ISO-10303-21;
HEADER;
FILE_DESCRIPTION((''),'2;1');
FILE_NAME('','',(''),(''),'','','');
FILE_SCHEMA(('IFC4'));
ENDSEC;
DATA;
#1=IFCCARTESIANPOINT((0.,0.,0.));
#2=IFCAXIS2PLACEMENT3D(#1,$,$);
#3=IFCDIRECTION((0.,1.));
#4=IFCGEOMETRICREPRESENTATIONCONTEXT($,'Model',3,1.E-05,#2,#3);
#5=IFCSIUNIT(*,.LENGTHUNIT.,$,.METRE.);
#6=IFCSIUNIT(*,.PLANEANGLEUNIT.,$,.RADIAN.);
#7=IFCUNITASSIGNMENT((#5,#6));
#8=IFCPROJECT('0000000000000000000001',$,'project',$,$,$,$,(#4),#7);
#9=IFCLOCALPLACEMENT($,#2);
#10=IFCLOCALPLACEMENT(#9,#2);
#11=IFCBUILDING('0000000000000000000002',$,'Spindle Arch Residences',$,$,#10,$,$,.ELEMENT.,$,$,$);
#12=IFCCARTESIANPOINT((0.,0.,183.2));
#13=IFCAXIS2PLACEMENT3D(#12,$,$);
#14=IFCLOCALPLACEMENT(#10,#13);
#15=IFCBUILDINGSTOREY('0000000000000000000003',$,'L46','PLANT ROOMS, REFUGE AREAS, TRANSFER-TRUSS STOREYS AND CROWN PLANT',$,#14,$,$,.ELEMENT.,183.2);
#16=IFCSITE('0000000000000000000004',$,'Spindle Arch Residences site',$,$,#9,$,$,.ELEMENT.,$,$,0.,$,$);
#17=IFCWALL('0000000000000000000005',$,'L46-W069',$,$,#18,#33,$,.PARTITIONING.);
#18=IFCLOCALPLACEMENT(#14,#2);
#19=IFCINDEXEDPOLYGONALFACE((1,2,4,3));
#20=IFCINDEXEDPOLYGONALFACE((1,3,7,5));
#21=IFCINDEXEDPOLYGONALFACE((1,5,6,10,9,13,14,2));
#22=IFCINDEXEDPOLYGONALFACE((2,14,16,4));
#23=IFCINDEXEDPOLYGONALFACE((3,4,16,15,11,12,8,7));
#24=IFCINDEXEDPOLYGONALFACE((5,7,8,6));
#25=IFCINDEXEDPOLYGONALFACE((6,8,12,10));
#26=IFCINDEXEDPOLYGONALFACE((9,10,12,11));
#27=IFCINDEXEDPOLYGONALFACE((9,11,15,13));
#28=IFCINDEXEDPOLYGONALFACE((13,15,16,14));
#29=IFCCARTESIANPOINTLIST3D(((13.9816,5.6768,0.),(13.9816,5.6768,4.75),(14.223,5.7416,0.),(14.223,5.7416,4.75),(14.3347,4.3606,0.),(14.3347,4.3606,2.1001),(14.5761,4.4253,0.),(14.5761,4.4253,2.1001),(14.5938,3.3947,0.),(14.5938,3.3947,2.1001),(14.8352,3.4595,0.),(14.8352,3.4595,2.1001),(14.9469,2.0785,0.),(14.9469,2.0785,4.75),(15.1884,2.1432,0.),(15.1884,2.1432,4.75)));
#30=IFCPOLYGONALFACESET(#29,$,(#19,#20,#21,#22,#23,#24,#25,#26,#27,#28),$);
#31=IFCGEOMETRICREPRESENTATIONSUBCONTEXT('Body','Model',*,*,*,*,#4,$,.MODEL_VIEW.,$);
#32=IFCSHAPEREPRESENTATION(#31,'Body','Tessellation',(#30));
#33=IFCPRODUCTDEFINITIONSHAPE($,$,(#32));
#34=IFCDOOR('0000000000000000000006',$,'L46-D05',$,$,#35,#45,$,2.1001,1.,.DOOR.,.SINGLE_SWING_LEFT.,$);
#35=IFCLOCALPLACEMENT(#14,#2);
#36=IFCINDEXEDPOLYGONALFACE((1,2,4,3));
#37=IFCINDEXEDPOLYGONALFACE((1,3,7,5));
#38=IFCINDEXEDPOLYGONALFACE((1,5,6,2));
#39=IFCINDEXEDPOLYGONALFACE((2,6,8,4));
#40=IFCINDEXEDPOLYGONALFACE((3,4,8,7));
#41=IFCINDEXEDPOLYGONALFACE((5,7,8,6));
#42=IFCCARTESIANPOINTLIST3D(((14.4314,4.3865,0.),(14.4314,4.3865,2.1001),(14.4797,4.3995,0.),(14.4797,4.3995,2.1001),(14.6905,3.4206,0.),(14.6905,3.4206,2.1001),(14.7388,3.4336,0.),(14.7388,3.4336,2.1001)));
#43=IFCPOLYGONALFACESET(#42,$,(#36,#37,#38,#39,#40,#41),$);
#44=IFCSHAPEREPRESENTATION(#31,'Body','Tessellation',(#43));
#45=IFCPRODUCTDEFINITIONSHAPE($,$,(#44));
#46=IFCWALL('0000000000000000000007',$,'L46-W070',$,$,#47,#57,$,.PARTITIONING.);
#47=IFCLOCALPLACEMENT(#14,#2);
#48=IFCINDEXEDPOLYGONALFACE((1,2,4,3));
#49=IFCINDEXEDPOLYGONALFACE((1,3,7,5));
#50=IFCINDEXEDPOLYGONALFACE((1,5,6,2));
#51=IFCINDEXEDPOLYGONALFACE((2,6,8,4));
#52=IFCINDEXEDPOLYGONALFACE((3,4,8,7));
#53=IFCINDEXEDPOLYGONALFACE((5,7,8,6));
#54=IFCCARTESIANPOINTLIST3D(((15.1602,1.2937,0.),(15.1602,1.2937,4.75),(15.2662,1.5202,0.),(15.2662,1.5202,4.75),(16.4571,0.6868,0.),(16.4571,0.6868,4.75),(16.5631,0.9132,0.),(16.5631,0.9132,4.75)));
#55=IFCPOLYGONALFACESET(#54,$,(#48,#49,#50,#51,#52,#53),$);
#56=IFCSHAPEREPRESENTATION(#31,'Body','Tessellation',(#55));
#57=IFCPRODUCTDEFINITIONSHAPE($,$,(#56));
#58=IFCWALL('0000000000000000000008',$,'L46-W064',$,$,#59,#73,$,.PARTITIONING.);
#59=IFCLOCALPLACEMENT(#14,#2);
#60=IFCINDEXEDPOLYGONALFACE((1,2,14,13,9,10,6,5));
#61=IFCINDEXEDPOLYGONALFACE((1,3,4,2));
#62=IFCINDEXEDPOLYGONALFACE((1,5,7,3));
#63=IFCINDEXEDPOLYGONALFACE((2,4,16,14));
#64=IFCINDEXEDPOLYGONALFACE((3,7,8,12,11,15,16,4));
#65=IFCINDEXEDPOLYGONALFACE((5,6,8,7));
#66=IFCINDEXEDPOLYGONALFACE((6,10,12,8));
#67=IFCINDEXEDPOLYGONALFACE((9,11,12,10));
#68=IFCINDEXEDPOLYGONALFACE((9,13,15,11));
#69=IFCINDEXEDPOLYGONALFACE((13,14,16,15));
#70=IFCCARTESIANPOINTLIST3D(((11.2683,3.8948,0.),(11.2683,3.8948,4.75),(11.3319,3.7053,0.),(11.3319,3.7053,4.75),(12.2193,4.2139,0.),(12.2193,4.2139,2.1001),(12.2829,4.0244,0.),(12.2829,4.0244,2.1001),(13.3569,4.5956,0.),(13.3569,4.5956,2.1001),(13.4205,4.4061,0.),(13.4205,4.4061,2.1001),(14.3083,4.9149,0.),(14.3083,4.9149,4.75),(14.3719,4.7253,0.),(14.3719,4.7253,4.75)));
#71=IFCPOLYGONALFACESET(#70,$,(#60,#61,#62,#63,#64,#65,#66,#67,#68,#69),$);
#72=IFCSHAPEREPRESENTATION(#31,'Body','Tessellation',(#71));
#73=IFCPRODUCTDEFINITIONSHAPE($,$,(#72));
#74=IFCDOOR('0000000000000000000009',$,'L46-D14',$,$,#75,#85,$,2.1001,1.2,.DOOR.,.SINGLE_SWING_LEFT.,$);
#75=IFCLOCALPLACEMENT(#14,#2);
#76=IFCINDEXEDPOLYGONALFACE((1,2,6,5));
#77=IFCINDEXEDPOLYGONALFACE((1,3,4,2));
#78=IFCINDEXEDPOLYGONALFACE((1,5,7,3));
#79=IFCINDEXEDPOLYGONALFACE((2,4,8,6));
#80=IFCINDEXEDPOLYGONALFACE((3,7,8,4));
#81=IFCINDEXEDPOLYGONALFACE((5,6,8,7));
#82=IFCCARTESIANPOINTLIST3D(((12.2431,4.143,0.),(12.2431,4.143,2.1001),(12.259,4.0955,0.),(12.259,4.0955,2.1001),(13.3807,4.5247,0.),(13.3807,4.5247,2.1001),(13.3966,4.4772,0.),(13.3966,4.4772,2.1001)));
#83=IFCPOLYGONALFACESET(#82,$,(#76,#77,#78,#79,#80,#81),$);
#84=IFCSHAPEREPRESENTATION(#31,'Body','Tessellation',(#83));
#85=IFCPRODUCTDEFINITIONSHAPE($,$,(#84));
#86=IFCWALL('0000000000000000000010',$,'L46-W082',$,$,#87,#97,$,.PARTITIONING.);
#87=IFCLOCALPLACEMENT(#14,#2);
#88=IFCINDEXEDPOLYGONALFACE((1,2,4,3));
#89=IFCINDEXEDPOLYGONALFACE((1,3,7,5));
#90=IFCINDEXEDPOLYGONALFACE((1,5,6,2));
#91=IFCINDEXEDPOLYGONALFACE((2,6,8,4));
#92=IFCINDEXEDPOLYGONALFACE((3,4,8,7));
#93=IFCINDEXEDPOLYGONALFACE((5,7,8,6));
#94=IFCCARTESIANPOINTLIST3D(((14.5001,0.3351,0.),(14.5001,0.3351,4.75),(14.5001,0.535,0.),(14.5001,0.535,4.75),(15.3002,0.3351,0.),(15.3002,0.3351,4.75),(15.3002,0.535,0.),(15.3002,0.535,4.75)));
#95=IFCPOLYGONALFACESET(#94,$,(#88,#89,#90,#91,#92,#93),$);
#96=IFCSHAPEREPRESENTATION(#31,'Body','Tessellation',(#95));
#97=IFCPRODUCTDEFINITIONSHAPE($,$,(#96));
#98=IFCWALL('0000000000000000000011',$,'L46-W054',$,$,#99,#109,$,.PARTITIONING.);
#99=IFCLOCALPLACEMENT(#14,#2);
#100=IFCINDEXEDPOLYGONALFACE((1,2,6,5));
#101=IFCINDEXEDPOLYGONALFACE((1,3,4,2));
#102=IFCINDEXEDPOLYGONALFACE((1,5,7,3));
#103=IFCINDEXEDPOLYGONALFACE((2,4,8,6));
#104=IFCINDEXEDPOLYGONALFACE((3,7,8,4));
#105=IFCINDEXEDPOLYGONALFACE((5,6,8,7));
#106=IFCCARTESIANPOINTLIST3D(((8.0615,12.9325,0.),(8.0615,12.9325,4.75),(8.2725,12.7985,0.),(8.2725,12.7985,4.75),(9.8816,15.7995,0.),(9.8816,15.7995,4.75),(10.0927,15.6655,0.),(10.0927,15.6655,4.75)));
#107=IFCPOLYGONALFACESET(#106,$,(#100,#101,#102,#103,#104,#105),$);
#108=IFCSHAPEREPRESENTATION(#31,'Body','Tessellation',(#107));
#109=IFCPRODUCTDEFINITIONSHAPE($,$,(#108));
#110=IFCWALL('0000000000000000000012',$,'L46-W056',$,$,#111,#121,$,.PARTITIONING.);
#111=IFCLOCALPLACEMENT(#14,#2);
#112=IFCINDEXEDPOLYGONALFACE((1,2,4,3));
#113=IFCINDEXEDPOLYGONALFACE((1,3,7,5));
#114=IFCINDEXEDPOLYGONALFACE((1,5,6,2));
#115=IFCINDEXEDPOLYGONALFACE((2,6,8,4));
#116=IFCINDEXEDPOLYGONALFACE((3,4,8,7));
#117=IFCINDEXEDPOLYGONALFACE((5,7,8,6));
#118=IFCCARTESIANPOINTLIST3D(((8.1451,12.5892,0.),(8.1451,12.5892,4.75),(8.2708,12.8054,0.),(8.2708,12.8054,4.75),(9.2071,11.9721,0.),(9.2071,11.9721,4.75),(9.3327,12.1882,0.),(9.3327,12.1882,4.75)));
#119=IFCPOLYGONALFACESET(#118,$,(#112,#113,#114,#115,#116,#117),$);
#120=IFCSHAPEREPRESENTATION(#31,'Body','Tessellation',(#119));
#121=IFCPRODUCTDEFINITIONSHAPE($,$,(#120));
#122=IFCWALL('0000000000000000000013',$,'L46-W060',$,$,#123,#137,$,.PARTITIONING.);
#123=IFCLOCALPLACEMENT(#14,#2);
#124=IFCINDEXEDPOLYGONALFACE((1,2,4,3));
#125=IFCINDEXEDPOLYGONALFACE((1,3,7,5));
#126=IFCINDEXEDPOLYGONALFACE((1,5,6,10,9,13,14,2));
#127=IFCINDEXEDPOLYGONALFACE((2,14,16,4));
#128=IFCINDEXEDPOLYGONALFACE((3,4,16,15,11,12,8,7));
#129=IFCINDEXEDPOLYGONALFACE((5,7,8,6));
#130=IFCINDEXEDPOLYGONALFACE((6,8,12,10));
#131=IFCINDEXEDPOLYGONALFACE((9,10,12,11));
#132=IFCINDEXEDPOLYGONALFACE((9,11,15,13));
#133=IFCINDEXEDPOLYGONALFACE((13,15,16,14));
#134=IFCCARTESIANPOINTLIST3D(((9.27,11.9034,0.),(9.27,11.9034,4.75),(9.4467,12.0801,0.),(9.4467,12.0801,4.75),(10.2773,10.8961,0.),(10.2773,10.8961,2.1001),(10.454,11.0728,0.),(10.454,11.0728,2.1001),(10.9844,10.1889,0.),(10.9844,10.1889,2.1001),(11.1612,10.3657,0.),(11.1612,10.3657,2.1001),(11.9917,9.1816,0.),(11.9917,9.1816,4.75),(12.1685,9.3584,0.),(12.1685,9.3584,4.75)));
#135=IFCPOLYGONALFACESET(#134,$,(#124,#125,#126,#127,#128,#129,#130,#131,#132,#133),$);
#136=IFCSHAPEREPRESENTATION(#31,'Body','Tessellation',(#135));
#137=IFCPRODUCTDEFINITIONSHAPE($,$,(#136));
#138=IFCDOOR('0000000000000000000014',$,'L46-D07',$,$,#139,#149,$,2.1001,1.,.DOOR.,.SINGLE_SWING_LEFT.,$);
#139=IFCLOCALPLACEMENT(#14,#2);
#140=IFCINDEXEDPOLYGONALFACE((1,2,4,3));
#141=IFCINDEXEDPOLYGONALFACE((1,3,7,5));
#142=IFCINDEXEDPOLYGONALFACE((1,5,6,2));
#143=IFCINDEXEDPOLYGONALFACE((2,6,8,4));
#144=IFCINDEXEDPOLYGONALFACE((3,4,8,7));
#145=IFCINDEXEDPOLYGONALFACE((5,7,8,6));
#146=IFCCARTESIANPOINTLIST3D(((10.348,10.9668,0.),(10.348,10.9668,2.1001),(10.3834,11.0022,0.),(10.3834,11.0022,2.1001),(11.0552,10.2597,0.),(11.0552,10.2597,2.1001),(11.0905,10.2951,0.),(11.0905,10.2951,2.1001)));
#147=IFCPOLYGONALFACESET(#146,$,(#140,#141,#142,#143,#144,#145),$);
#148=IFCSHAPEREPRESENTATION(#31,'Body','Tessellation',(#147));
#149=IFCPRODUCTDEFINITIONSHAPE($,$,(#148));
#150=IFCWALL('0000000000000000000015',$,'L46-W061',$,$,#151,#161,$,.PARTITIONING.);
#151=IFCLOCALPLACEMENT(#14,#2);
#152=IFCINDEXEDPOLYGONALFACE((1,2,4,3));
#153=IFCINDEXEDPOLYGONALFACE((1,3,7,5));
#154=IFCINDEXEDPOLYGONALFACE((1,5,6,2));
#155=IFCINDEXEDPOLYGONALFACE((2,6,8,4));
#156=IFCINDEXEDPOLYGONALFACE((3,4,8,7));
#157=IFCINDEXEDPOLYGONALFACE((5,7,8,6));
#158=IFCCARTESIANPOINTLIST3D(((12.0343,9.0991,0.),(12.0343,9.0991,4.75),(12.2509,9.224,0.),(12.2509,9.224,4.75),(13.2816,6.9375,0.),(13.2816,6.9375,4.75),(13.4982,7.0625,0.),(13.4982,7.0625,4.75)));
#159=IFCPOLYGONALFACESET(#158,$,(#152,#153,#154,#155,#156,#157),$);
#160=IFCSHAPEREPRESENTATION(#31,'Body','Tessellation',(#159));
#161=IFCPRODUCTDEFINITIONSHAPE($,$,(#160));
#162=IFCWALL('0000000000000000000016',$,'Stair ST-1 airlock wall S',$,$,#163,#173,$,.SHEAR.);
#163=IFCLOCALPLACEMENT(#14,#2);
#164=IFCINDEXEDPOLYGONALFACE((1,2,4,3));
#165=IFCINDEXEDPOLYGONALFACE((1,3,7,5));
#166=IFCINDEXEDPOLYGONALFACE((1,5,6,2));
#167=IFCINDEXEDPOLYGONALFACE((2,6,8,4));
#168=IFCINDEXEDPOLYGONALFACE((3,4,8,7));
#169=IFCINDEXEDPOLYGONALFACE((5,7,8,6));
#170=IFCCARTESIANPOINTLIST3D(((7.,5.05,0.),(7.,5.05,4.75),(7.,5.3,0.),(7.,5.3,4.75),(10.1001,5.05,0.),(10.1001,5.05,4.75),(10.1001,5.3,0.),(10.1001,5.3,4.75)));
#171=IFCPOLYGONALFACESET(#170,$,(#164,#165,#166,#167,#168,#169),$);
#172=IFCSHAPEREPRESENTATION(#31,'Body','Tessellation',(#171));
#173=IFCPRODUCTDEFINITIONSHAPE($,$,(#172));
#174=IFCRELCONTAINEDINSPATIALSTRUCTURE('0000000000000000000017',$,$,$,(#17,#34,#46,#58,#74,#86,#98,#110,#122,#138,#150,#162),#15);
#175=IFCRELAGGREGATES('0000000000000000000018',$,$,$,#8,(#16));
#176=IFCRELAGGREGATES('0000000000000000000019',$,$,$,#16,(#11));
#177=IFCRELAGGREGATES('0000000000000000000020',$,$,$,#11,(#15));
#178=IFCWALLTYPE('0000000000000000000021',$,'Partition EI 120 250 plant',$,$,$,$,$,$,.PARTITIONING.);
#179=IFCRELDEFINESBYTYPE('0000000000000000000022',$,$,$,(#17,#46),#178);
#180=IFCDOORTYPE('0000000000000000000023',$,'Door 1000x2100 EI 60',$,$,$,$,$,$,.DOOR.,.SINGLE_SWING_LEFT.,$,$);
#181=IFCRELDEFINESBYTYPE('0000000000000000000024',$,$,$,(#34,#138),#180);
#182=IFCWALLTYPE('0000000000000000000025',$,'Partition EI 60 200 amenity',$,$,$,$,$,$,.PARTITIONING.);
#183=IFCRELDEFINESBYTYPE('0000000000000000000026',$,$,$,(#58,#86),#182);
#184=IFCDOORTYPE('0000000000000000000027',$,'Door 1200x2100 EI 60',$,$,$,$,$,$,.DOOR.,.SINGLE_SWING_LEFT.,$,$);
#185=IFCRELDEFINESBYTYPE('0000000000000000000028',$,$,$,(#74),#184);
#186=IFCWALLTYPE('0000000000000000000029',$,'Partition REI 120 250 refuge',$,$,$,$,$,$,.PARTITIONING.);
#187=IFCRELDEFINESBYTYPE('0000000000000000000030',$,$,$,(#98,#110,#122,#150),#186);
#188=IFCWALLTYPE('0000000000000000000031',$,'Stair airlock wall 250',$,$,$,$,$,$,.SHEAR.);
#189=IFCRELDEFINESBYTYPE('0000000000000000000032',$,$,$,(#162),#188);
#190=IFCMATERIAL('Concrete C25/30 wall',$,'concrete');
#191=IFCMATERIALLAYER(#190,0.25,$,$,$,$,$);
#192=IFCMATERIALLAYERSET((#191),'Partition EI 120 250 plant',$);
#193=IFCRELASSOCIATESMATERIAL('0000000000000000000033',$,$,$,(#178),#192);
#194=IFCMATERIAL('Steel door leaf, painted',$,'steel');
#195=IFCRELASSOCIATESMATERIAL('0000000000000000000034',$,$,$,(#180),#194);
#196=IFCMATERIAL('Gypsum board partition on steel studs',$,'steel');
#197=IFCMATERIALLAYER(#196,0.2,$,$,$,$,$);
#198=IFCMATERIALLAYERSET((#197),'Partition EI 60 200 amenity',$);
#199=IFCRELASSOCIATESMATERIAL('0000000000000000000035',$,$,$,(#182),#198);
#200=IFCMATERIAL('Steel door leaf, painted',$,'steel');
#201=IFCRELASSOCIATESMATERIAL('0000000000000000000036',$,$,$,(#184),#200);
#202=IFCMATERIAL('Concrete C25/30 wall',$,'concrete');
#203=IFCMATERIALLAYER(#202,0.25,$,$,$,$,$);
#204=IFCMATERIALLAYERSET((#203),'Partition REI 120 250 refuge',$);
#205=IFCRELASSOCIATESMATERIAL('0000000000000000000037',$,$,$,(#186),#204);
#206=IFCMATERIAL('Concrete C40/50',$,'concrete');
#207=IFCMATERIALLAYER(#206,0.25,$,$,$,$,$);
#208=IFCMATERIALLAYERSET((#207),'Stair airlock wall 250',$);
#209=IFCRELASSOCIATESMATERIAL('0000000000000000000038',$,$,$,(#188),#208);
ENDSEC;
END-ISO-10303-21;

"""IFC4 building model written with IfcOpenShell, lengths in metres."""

from ifc_helpers import new_model, si_unit, direction, frame, frame_2d, origin, place, context, subcontext, project, spatial, rectangle, extrude, material, layer, layer_set, type_object, element, fill, save


model = new_model("IFC4")

# Units and contexts
model_context = context("Model", 3, precision=1e-05, world=origin(), true_north=direction((0.0, 1.0)))
body_context = subcontext(model_context, "Body", "Model", "MODEL_VIEW")
ifc_project = project(units=[si_unit("LENGTHUNIT", "METRE"), si_unit("PLANEANGLEUNIT", "RADIAN")], contexts=[model_context])

# Site, building, storey
site_placement = place(None, origin())
site = spatial("IfcSite", under=ifc_project, at=site_placement, Name="Spindle Arch Residences site", CompositionType="ELEMENT", RefElevation=0.0)
building_placement = place(site_placement, origin())
building = spatial("IfcBuilding", under=site, at=building_placement, Name="Spindle Arch Residences", CompositionType="ELEMENT")
storey_placement = place(building_placement, frame((0.0, 0.0, 183.2)))
storey = spatial("IfcBuildingStorey", under=building, at=storey_placement, Name="L46", Description="PLANT ROOMS, REFUGE AREAS, TRANSFER-TRUSS STOREYS AND CROWN PLANT", CompositionType="ELEMENT", Elevation=183.2)

# Shared definitions
ifc_material_1 = material(Name="Concrete C25/30 wall", Category="concrete")
ifc_layer_1 = layer(ifc_material_1, 0.25)
ifc_layer_set_1 = layer_set([ifc_layer_1], Name="Partition EI 120 250 plant")
wall_type_1 = type_object("IfcWallType", Name="Partition EI 120 250 plant", PredefinedType="PARTITIONING", material=ifc_layer_set_1)

# Wall, opening, door
wall_1_placement = place(storey_placement, frame((15.0676, 2.1108, 0.0), z_axis=(0.0, 0.0, 1.0), x_axis=(-0.259106, 0.965849, 0.0)))
wall_1 = element("IfcWall", 1, at=wall_1_placement, inside=storey, type_object=wall_type_1, Name="L46-W069", PredefinedType="PARTITIONING", context=body_context, shape_type="SweptSolid", body=[
    extrude(rectangle(XDim=3.7256, YDim=0.25, at=frame_2d((1.8628, 0.0))), origin(), (0.0, 0.0, 1.0), 4.75),
])
opening_1_placement = place(wall_1_placement, frame((1.3628, 0.0, 0.0)))
opening_1 = element("IfcOpeningElement", 2, at=opening_1_placement, cuts=wall_1, PredefinedType="OPENING", context=body_context, shape_type="SweptSolid", body=[
    extrude(rectangle(XDim=1.0, YDim=2.1001, at=frame_2d((0.5, 1.05))), frame((0.0, 0.135, 0.0), z_axis=(0.0, -1.0, 0.0), x_axis=(1.0, 0.0, 0.0)), (0.0, 0.0, 1.0), 0.27),
])
ifc_material_2 = material(Name="Steel door leaf, painted", Category="steel")
door_type_1 = type_object("IfcDoorType", Name="Door 1000x2100 EI 60", OperationType="SINGLE_SWING_LEFT", PredefinedType="DOOR", material=ifc_material_2)
door_1_placement = place(opening_1_placement, origin())
door_1 = element("IfcDoor", 3, at=door_1_placement, inside=storey, type_object=door_type_1, Name="L46-D05", OperationType="SINGLE_SWING_LEFT", OverallHeight=2.1001, OverallWidth=1.0, PredefinedType="DOOR", context=body_context, shape_type="SweptSolid", body=[
    extrude(rectangle(XDim=1.0, YDim=2.1001, at=frame_2d((0.5, 1.05))), frame((0.0, 0.0249, 0.0), z_axis=(0.0, -1.0, 0.0), x_axis=(1.0, 0.0, 0.0)), (0.0, 0.0, 1.0), 0.05),
])
fill(opening_1, door_1)

# Wall
wall_2_placement = place(storey_placement, frame((16.51, 0.8, 0.0), z_axis=(0.0, 0.0, 1.0), x_axis=(-0.905721, 0.423875, 0.0)))
element("IfcWall", 4, at=wall_2_placement, inside=storey, type_object=wall_type_1, Name="L46-W070", PredefinedType="PARTITIONING", context=body_context, shape_type="SweptSolid", body=[
    extrude(rectangle(XDim=1.4319, YDim=0.25, at=frame_2d((0.7158, 0.0))), origin(), (0.0, 0.0, 1.0), 4.75),
])

# Wall, opening, door
ifc_material_3 = material(Name="Gypsum board partition on steel studs", Category="steel")
ifc_layer_2 = layer(ifc_material_3, 0.2)
ifc_layer_set_2 = layer_set([ifc_layer_2], Name="Partition EI 60 200 amenity")
wall_type_2 = type_object("IfcWallType", Name="Partition EI 60 200 amenity", PredefinedType="PARTITIONING", material=ifc_layer_set_2)
wall_3_placement = place(storey_placement, frame((14.3401, 4.8201, 0.0), z_axis=(0.0, 0.0, 1.0), x_axis=(-0.948057, -0.3181, 0.0)))
wall_3 = element("IfcWall", 5, at=wall_3_placement, inside=storey, type_object=wall_type_2, Name="L46-W064", PredefinedType="PARTITIONING", context=body_context, shape_type="SweptSolid", body=[
    extrude(rectangle(XDim=3.2065, YDim=0.2, at=frame_2d((1.6033, 0.0))), origin(), (0.0, 0.0, 1.0), 4.75),
])
opening_2_placement = place(wall_3_placement, frame((1.0034, 0.0, 0.0)))
opening_2 = element("IfcOpeningElement", 6, at=opening_2_placement, cuts=wall_3, PredefinedType="OPENING", context=body_context, shape_type="SweptSolid", body=[
    extrude(rectangle(XDim=1.2, YDim=2.1001, at=frame_2d((0.6001, 1.05))), frame((0.0, 0.1099, 0.0), z_axis=(0.0, -1.0, 0.0), x_axis=(1.0, 0.0, 0.0)), (0.0, 0.0, 1.0), 0.22),
])
ifc_material_4 = material(Name="Steel door leaf, painted", Category="steel")
door_type_2 = type_object("IfcDoorType", Name="Door 1200x2100 EI 60", OperationType="SINGLE_SWING_LEFT", PredefinedType="DOOR", material=ifc_material_4)
door_2_placement = place(opening_2_placement, origin())
door_2 = element("IfcDoor", 7, at=door_2_placement, inside=storey, type_object=door_type_2, Name="L46-D14", OperationType="SINGLE_SWING_LEFT", OverallHeight=2.1001, OverallWidth=1.2, PredefinedType="DOOR", context=body_context, shape_type="SweptSolid", body=[
    extrude(rectangle(XDim=1.2, YDim=2.1001, at=frame_2d((0.6001, 1.05))), frame((0.0, 0.0249, 0.0), z_axis=(0.0, -1.0, 0.0), x_axis=(1.0, 0.0, 0.0)), (0.0, 0.0, 1.0), 0.05),
])
fill(opening_2, door_2)

# Walls
wall_4_placement = place(storey_placement, frame((15.3, 0.4351, 0.0), z_axis=(0.0, 0.0, 1.0), x_axis=(-1.0, 0.0, 0.0)))
element("IfcWall", 8, at=wall_4_placement, inside=storey, type_object=wall_type_2, Name="L46-W082", PredefinedType="PARTITIONING", context=body_context, shape_type="SweptSolid", body=[
    extrude(rectangle(XDim=0.8, YDim=0.2, at=frame_2d((0.3999, 0.0))), origin(), (0.0, 0.0, 1.0), 4.75),
])
ifc_material_5 = material(Name="Concrete C25/30 wall", Category="concrete")
ifc_layer_3 = layer(ifc_material_5, 0.25)
ifc_layer_set_3 = layer_set([ifc_layer_3], Name="Partition REI 120 250 refuge")
wall_type_3 = type_object("IfcWallType", Name="Partition REI 120 250 refuge", PredefinedType="PARTITIONING", material=ifc_layer_set_3)
wall_5_placement = place(storey_placement, frame((8.167, 12.8655, 0.0), z_axis=(0.0, 0.0, 1.0), x_axis=(0.535963, 0.844241, 0.0)))
element("IfcWall", 9, at=wall_5_placement, inside=storey, type_object=wall_type_3, Name="L46-W054", PredefinedType="PARTITIONING", context=body_context, shape_type="SweptSolid", body=[
    extrude(rectangle(XDim=3.396, YDim=0.25, at=frame_2d((1.698, 0.0))), origin(), (0.0, 0.0, 1.0), 4.75),
])
wall_6_placement = place(storey_placement, frame((9.27, 12.0801, 0.0), z_axis=(0.0, 0.0, 1.0), x_axis=(-0.8646, 0.502462, 0.0)))
element("IfcWall", 10, at=wall_6_placement, inside=storey, type_object=wall_type_3, Name="L46-W056", PredefinedType="PARTITIONING", context=body_context, shape_type="SweptSolid", body=[
    extrude(rectangle(XDim=1.2283, YDim=0.25, at=frame_2d((0.6143, 0.0))), origin(), (0.0, 0.0, 1.0), 4.75),
])

# Wall, opening, door
wall_7_placement = place(storey_placement, frame((12.0801, 9.27, 0.0), z_axis=(0.0, 0.0, 1.0), x_axis=(-0.707107, 0.707107, 0.0)))
wall_7 = element("IfcWall", 11, at=wall_7_placement, inside=storey, type_object=wall_type_3, Name="L46-W060", PredefinedType="PARTITIONING", context=body_context, shape_type="SweptSolid", body=[
    extrude(rectangle(XDim=3.8491, YDim=0.25, at=frame_2d((1.9246, 0.0))), origin(), (0.0, 0.0, 1.0), 4.75),
])
opening_3_placement = place(wall_7_placement, frame((1.4246, 0.0, 0.0)))
opening_3 = element("IfcOpeningElement", 12, at=opening_3_placement, cuts=wall_7, PredefinedType="OPENING", context=body_context, shape_type="SweptSolid", body=[
    extrude(rectangle(XDim=1.0, YDim=2.1001, at=frame_2d((0.5, 1.05))), frame((0.0, 0.135, 0.0), z_axis=(0.0, -1.0, 0.0), x_axis=(1.0, 0.0, 0.0)), (0.0, 0.0, 1.0), 0.27),
])
door_3_placement = place(opening_3_placement, origin())
door_3 = element("IfcDoor", 13, at=door_3_placement, inside=storey, type_object=door_type_1, Name="L46-D07", OperationType="SINGLE_SWING_LEFT", OverallHeight=2.1001, OverallWidth=1.0, PredefinedType="DOOR", context=body_context, shape_type="SweptSolid", body=[
    extrude(rectangle(XDim=1.0, YDim=2.1001, at=frame_2d((0.5, 1.05))), frame((0.0, 0.0249, 0.0), z_axis=(0.0, -1.0, 0.0), x_axis=(1.0, 0.0, 0.0)), (0.0, 0.0, 1.0), 0.05),
])
fill(opening_3, door_3)

# Walls
wall_8_placement = place(storey_placement, frame((13.3899, 7.0, 0.0), z_axis=(0.0, 0.0, 1.0), x_axis=(-0.49979, 0.866146, 0.0)))
element("IfcWall", 14, at=wall_8_placement, inside=storey, type_object=wall_type_3, Name="L46-W061", PredefinedType="PARTITIONING", context=body_context, shape_type="SweptSolid", body=[
    extrude(rectangle(XDim=2.4956, YDim=0.25, at=frame_2d((1.2478, 0.0))), origin(), (0.0, 0.0, 1.0), 4.75),
])
ifc_material_6 = material(Name="Concrete C40/50", Category="concrete")
ifc_layer_4 = layer(ifc_material_6, 0.25)
ifc_layer_set_4 = layer_set([ifc_layer_4], Name="Stair airlock wall 250")
wall_type_4 = type_object("IfcWallType", Name="Stair airlock wall 250", PredefinedType="SHEAR", material=ifc_layer_set_4)
wall_9_placement = place(storey_placement, frame((7.0, 5.175, 0.0), z_axis=(0.0, 0.0, 1.0), x_axis=(1.0, 0.0, 0.0)))
element("IfcWall", 15, at=wall_9_placement, inside=storey, type_object=wall_type_4, Name="Stair ST-1 airlock wall S", PredefinedType="SHEAR", context=body_context, shape_type="SweptSolid", body=[
    extrude(rectangle(XDim=3.1001, YDim=0.25, at=frame_2d((1.55, 0.0))), origin(), (0.0, 0.0, 1.0), 4.75),
])

save(model, "model.ifc")
